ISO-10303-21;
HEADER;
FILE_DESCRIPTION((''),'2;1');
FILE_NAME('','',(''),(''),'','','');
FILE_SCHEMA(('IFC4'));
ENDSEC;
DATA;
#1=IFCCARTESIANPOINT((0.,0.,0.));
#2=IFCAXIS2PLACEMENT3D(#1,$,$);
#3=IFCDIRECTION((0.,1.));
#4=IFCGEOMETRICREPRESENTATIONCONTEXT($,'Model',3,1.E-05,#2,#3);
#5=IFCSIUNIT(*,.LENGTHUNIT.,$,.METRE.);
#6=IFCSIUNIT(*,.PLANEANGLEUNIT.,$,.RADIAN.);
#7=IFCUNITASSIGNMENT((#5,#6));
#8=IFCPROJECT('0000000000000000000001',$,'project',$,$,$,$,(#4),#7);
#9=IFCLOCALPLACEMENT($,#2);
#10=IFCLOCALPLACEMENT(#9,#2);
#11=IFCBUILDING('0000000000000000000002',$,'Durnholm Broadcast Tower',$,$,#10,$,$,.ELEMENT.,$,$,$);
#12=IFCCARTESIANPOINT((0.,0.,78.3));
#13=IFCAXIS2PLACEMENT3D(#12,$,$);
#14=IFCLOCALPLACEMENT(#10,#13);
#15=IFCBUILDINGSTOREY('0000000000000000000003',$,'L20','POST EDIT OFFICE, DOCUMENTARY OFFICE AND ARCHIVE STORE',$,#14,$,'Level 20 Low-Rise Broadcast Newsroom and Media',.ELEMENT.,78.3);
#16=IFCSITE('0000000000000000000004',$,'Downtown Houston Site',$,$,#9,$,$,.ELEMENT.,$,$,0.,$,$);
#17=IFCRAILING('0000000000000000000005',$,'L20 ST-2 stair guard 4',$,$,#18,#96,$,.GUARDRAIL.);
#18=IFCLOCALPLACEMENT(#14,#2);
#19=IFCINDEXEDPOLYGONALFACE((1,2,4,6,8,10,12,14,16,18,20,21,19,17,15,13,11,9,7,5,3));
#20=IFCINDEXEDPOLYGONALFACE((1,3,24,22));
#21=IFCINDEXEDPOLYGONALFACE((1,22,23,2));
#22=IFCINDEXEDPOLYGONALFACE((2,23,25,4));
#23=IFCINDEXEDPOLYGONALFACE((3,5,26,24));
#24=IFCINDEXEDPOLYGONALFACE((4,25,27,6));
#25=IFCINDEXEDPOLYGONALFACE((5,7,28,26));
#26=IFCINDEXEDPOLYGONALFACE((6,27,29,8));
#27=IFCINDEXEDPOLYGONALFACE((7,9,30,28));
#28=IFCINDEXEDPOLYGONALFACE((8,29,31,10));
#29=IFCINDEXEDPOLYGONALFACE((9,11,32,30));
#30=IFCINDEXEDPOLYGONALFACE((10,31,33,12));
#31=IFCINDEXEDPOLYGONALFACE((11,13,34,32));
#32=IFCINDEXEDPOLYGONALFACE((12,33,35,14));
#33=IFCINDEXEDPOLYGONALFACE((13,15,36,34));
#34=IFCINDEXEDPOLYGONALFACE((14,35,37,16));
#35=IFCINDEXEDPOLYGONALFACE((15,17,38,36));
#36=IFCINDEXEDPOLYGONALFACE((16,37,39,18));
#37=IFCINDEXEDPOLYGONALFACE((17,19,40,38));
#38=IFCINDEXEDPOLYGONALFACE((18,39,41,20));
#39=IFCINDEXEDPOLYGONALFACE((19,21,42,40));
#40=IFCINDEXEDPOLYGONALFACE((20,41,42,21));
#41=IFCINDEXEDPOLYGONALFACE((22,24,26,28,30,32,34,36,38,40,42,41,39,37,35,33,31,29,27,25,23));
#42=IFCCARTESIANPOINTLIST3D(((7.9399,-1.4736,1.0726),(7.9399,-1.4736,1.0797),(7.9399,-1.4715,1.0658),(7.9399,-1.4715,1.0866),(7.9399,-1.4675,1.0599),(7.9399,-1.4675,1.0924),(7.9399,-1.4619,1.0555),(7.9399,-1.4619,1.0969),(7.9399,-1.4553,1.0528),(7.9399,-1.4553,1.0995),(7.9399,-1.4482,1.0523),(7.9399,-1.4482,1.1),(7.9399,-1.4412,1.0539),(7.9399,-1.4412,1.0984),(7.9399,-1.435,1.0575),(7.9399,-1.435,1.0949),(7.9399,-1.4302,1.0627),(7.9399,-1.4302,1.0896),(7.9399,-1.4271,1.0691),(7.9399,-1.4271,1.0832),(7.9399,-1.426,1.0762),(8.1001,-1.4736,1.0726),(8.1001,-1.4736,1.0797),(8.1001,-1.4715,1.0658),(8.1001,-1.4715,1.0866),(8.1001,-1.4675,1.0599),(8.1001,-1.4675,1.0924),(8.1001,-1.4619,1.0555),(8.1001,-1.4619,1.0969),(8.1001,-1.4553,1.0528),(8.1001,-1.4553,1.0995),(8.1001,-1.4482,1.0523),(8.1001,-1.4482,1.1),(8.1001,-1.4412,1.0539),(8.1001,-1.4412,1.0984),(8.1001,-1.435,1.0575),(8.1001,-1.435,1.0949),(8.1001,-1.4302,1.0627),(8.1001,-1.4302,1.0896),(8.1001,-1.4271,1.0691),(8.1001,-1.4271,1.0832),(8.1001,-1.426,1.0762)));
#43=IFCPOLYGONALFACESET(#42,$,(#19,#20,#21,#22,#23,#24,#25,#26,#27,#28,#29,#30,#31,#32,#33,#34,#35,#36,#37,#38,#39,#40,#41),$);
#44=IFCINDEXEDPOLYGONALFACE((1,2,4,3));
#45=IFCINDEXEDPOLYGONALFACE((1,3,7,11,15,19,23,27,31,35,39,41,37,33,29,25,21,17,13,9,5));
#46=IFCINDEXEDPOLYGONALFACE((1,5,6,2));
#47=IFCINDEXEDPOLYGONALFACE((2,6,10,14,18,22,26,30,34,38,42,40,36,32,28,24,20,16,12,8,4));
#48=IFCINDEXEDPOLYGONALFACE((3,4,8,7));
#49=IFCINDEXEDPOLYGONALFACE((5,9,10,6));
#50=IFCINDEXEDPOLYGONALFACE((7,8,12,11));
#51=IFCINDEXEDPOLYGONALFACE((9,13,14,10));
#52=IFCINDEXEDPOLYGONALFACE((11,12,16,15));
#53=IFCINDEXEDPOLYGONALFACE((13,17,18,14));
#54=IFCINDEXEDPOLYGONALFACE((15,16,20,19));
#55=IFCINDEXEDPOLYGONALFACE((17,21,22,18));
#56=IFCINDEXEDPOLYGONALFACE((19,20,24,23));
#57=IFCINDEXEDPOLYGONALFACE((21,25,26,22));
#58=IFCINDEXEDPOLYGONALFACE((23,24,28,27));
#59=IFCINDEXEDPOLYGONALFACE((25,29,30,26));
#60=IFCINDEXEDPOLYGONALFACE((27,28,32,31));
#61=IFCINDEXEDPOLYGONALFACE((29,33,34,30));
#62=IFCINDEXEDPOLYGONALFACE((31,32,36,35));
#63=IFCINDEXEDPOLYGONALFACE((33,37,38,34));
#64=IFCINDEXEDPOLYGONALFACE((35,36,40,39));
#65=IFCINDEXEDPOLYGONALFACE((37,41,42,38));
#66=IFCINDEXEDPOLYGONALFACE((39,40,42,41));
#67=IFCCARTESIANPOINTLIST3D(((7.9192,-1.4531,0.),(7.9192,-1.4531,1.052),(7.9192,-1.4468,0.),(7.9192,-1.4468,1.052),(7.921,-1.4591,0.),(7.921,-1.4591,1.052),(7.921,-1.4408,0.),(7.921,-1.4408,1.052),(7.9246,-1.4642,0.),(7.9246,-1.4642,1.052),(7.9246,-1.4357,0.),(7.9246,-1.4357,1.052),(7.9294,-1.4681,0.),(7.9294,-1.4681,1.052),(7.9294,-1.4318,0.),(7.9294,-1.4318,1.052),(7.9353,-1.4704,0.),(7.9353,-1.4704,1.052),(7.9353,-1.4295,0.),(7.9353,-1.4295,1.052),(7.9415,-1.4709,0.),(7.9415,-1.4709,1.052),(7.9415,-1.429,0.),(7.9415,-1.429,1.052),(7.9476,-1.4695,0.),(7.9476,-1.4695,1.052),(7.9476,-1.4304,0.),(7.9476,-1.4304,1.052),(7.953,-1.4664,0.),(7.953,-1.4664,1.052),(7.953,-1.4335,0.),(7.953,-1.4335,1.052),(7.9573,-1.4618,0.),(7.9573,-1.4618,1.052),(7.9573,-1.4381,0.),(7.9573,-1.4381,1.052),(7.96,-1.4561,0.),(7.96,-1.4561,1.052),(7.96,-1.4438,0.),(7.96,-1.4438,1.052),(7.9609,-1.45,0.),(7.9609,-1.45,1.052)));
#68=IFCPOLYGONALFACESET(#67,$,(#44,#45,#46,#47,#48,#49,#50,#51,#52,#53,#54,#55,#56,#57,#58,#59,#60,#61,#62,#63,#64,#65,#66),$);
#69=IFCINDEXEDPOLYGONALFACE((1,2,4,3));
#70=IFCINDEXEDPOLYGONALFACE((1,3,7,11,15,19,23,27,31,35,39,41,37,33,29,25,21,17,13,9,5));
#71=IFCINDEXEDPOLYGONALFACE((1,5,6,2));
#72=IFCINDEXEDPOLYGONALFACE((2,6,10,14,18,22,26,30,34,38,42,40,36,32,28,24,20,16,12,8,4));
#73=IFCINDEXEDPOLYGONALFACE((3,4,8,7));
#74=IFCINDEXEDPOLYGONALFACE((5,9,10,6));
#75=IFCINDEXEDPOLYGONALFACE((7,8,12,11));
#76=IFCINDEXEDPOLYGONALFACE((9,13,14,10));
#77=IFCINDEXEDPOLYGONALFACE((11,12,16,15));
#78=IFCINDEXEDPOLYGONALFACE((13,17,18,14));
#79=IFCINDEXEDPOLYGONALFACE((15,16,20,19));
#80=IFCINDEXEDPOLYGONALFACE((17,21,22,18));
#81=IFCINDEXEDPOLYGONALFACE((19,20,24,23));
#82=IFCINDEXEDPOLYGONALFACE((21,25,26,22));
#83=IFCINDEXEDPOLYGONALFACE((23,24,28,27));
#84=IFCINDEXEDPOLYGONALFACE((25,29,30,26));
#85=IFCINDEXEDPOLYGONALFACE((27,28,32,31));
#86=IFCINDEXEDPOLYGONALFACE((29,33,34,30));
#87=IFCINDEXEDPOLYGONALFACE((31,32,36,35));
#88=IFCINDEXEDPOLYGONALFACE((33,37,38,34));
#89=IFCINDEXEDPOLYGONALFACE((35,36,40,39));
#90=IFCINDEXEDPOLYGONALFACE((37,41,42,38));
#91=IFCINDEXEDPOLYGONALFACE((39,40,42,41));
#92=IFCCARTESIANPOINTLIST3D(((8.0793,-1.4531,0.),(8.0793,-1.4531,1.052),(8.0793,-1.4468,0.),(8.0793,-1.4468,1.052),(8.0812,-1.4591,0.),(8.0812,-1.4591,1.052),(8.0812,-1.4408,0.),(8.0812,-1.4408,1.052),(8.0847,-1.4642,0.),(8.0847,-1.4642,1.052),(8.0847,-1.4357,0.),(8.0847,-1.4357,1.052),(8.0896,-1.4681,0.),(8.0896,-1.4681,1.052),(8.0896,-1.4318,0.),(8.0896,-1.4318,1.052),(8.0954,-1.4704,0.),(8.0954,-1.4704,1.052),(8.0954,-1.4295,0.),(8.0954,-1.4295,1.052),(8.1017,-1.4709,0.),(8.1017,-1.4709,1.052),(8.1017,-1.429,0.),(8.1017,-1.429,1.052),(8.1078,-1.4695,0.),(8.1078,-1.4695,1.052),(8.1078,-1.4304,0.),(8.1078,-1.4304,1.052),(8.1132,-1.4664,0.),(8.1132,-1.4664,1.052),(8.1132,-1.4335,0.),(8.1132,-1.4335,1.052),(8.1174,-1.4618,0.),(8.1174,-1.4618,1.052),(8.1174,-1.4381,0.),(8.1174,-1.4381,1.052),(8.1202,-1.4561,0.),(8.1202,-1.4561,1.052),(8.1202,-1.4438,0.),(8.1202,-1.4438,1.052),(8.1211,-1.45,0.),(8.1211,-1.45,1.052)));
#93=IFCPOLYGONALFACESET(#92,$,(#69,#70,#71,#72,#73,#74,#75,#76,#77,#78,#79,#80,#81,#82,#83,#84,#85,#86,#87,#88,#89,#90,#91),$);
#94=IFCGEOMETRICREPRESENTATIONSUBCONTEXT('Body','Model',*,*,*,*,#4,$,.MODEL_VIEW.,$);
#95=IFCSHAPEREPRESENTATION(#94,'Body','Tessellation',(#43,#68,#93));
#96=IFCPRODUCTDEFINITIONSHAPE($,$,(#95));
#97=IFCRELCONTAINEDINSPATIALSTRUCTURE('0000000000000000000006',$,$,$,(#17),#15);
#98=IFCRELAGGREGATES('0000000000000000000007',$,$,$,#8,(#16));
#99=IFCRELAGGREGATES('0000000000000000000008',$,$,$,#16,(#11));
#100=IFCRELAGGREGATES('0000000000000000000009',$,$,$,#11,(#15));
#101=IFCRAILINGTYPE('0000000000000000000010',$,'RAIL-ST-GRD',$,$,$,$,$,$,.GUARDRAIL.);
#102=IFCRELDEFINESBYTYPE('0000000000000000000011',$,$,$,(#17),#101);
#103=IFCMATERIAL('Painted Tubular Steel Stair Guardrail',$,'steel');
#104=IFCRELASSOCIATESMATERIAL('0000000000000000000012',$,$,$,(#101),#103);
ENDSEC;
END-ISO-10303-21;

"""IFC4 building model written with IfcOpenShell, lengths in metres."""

from ifc_helpers import new_model, si_unit, direction, frame, origin, origin_2d, place, context, subcontext, project, spatial, circle, extrude, material, type_object, element, save


model = new_model("IFC4")

# Units and contexts
model_context = context("Model", 3, precision=1e-05, world=origin(), true_north=direction((0.0, 1.0)))
body_context = subcontext(model_context, "Body", "Model", "MODEL_VIEW")
ifc_project = project(units=[si_unit("LENGTHUNIT", "METRE"), si_unit("PLANEANGLEUNIT", "RADIAN")], contexts=[model_context])

# Site, building, storey
site_placement = place(None, origin())
site = spatial("IfcSite", under=ifc_project, at=site_placement, Name="Downtown Houston Site", CompositionType="ELEMENT", RefElevation=0.0)
building_placement = place(site_placement, origin())
building = spatial("IfcBuilding", under=site, at=building_placement, Name="Durnholm Broadcast Tower", CompositionType="ELEMENT")
storey_placement = place(building_placement, frame((0.0, 0.0, 78.3)))
storey = spatial("IfcBuildingStorey", under=building, at=storey_placement, Name="L20", Description="POST EDIT OFFICE, DOCUMENTARY OFFICE AND ARCHIVE STORE", LongName="Level 20 Low-Rise Broadcast Newsroom and Media", CompositionType="ELEMENT", Elevation=78.3)

# Railing
ifc_material_1 = material(Name="Painted Tubular Steel Stair Guardrail", Category="steel")
railing_type_1 = type_object("IfcRailingType", Name="RAIL-ST-GRD", PredefinedType="GUARDRAIL", material=ifc_material_1)
railing_1_placement = place(storey_placement, frame((7.9399, -1.45, 0.0)))
element("IfcRailing", 1, at=railing_1_placement, inside=storey, type_object=railing_type_1, Name="L20 ST-2 stair guard 4", PredefinedType="GUARDRAIL", context=body_context, shape_type="SweptSolid", body=[
    extrude(circle(Radius=0.0239, at=origin_2d()), frame((0.0, 0.0, 1.0762), z_axis=(1.0, 0.0, 0.0), x_axis=(0.0, 1.0, 0.0)), (0.0, 0.0, 1.0), 0.1602),
    extrude(circle(Radius=0.021, at=origin_2d()), origin(), (0.0, 0.0, 1.0), 1.052),
    extrude(circle(Radius=0.021, at=origin_2d()), frame((0.1602, 0.0, 0.0)), (0.0, 0.0, 1.0), 1.052),
])

save(model, "model.ifc")
